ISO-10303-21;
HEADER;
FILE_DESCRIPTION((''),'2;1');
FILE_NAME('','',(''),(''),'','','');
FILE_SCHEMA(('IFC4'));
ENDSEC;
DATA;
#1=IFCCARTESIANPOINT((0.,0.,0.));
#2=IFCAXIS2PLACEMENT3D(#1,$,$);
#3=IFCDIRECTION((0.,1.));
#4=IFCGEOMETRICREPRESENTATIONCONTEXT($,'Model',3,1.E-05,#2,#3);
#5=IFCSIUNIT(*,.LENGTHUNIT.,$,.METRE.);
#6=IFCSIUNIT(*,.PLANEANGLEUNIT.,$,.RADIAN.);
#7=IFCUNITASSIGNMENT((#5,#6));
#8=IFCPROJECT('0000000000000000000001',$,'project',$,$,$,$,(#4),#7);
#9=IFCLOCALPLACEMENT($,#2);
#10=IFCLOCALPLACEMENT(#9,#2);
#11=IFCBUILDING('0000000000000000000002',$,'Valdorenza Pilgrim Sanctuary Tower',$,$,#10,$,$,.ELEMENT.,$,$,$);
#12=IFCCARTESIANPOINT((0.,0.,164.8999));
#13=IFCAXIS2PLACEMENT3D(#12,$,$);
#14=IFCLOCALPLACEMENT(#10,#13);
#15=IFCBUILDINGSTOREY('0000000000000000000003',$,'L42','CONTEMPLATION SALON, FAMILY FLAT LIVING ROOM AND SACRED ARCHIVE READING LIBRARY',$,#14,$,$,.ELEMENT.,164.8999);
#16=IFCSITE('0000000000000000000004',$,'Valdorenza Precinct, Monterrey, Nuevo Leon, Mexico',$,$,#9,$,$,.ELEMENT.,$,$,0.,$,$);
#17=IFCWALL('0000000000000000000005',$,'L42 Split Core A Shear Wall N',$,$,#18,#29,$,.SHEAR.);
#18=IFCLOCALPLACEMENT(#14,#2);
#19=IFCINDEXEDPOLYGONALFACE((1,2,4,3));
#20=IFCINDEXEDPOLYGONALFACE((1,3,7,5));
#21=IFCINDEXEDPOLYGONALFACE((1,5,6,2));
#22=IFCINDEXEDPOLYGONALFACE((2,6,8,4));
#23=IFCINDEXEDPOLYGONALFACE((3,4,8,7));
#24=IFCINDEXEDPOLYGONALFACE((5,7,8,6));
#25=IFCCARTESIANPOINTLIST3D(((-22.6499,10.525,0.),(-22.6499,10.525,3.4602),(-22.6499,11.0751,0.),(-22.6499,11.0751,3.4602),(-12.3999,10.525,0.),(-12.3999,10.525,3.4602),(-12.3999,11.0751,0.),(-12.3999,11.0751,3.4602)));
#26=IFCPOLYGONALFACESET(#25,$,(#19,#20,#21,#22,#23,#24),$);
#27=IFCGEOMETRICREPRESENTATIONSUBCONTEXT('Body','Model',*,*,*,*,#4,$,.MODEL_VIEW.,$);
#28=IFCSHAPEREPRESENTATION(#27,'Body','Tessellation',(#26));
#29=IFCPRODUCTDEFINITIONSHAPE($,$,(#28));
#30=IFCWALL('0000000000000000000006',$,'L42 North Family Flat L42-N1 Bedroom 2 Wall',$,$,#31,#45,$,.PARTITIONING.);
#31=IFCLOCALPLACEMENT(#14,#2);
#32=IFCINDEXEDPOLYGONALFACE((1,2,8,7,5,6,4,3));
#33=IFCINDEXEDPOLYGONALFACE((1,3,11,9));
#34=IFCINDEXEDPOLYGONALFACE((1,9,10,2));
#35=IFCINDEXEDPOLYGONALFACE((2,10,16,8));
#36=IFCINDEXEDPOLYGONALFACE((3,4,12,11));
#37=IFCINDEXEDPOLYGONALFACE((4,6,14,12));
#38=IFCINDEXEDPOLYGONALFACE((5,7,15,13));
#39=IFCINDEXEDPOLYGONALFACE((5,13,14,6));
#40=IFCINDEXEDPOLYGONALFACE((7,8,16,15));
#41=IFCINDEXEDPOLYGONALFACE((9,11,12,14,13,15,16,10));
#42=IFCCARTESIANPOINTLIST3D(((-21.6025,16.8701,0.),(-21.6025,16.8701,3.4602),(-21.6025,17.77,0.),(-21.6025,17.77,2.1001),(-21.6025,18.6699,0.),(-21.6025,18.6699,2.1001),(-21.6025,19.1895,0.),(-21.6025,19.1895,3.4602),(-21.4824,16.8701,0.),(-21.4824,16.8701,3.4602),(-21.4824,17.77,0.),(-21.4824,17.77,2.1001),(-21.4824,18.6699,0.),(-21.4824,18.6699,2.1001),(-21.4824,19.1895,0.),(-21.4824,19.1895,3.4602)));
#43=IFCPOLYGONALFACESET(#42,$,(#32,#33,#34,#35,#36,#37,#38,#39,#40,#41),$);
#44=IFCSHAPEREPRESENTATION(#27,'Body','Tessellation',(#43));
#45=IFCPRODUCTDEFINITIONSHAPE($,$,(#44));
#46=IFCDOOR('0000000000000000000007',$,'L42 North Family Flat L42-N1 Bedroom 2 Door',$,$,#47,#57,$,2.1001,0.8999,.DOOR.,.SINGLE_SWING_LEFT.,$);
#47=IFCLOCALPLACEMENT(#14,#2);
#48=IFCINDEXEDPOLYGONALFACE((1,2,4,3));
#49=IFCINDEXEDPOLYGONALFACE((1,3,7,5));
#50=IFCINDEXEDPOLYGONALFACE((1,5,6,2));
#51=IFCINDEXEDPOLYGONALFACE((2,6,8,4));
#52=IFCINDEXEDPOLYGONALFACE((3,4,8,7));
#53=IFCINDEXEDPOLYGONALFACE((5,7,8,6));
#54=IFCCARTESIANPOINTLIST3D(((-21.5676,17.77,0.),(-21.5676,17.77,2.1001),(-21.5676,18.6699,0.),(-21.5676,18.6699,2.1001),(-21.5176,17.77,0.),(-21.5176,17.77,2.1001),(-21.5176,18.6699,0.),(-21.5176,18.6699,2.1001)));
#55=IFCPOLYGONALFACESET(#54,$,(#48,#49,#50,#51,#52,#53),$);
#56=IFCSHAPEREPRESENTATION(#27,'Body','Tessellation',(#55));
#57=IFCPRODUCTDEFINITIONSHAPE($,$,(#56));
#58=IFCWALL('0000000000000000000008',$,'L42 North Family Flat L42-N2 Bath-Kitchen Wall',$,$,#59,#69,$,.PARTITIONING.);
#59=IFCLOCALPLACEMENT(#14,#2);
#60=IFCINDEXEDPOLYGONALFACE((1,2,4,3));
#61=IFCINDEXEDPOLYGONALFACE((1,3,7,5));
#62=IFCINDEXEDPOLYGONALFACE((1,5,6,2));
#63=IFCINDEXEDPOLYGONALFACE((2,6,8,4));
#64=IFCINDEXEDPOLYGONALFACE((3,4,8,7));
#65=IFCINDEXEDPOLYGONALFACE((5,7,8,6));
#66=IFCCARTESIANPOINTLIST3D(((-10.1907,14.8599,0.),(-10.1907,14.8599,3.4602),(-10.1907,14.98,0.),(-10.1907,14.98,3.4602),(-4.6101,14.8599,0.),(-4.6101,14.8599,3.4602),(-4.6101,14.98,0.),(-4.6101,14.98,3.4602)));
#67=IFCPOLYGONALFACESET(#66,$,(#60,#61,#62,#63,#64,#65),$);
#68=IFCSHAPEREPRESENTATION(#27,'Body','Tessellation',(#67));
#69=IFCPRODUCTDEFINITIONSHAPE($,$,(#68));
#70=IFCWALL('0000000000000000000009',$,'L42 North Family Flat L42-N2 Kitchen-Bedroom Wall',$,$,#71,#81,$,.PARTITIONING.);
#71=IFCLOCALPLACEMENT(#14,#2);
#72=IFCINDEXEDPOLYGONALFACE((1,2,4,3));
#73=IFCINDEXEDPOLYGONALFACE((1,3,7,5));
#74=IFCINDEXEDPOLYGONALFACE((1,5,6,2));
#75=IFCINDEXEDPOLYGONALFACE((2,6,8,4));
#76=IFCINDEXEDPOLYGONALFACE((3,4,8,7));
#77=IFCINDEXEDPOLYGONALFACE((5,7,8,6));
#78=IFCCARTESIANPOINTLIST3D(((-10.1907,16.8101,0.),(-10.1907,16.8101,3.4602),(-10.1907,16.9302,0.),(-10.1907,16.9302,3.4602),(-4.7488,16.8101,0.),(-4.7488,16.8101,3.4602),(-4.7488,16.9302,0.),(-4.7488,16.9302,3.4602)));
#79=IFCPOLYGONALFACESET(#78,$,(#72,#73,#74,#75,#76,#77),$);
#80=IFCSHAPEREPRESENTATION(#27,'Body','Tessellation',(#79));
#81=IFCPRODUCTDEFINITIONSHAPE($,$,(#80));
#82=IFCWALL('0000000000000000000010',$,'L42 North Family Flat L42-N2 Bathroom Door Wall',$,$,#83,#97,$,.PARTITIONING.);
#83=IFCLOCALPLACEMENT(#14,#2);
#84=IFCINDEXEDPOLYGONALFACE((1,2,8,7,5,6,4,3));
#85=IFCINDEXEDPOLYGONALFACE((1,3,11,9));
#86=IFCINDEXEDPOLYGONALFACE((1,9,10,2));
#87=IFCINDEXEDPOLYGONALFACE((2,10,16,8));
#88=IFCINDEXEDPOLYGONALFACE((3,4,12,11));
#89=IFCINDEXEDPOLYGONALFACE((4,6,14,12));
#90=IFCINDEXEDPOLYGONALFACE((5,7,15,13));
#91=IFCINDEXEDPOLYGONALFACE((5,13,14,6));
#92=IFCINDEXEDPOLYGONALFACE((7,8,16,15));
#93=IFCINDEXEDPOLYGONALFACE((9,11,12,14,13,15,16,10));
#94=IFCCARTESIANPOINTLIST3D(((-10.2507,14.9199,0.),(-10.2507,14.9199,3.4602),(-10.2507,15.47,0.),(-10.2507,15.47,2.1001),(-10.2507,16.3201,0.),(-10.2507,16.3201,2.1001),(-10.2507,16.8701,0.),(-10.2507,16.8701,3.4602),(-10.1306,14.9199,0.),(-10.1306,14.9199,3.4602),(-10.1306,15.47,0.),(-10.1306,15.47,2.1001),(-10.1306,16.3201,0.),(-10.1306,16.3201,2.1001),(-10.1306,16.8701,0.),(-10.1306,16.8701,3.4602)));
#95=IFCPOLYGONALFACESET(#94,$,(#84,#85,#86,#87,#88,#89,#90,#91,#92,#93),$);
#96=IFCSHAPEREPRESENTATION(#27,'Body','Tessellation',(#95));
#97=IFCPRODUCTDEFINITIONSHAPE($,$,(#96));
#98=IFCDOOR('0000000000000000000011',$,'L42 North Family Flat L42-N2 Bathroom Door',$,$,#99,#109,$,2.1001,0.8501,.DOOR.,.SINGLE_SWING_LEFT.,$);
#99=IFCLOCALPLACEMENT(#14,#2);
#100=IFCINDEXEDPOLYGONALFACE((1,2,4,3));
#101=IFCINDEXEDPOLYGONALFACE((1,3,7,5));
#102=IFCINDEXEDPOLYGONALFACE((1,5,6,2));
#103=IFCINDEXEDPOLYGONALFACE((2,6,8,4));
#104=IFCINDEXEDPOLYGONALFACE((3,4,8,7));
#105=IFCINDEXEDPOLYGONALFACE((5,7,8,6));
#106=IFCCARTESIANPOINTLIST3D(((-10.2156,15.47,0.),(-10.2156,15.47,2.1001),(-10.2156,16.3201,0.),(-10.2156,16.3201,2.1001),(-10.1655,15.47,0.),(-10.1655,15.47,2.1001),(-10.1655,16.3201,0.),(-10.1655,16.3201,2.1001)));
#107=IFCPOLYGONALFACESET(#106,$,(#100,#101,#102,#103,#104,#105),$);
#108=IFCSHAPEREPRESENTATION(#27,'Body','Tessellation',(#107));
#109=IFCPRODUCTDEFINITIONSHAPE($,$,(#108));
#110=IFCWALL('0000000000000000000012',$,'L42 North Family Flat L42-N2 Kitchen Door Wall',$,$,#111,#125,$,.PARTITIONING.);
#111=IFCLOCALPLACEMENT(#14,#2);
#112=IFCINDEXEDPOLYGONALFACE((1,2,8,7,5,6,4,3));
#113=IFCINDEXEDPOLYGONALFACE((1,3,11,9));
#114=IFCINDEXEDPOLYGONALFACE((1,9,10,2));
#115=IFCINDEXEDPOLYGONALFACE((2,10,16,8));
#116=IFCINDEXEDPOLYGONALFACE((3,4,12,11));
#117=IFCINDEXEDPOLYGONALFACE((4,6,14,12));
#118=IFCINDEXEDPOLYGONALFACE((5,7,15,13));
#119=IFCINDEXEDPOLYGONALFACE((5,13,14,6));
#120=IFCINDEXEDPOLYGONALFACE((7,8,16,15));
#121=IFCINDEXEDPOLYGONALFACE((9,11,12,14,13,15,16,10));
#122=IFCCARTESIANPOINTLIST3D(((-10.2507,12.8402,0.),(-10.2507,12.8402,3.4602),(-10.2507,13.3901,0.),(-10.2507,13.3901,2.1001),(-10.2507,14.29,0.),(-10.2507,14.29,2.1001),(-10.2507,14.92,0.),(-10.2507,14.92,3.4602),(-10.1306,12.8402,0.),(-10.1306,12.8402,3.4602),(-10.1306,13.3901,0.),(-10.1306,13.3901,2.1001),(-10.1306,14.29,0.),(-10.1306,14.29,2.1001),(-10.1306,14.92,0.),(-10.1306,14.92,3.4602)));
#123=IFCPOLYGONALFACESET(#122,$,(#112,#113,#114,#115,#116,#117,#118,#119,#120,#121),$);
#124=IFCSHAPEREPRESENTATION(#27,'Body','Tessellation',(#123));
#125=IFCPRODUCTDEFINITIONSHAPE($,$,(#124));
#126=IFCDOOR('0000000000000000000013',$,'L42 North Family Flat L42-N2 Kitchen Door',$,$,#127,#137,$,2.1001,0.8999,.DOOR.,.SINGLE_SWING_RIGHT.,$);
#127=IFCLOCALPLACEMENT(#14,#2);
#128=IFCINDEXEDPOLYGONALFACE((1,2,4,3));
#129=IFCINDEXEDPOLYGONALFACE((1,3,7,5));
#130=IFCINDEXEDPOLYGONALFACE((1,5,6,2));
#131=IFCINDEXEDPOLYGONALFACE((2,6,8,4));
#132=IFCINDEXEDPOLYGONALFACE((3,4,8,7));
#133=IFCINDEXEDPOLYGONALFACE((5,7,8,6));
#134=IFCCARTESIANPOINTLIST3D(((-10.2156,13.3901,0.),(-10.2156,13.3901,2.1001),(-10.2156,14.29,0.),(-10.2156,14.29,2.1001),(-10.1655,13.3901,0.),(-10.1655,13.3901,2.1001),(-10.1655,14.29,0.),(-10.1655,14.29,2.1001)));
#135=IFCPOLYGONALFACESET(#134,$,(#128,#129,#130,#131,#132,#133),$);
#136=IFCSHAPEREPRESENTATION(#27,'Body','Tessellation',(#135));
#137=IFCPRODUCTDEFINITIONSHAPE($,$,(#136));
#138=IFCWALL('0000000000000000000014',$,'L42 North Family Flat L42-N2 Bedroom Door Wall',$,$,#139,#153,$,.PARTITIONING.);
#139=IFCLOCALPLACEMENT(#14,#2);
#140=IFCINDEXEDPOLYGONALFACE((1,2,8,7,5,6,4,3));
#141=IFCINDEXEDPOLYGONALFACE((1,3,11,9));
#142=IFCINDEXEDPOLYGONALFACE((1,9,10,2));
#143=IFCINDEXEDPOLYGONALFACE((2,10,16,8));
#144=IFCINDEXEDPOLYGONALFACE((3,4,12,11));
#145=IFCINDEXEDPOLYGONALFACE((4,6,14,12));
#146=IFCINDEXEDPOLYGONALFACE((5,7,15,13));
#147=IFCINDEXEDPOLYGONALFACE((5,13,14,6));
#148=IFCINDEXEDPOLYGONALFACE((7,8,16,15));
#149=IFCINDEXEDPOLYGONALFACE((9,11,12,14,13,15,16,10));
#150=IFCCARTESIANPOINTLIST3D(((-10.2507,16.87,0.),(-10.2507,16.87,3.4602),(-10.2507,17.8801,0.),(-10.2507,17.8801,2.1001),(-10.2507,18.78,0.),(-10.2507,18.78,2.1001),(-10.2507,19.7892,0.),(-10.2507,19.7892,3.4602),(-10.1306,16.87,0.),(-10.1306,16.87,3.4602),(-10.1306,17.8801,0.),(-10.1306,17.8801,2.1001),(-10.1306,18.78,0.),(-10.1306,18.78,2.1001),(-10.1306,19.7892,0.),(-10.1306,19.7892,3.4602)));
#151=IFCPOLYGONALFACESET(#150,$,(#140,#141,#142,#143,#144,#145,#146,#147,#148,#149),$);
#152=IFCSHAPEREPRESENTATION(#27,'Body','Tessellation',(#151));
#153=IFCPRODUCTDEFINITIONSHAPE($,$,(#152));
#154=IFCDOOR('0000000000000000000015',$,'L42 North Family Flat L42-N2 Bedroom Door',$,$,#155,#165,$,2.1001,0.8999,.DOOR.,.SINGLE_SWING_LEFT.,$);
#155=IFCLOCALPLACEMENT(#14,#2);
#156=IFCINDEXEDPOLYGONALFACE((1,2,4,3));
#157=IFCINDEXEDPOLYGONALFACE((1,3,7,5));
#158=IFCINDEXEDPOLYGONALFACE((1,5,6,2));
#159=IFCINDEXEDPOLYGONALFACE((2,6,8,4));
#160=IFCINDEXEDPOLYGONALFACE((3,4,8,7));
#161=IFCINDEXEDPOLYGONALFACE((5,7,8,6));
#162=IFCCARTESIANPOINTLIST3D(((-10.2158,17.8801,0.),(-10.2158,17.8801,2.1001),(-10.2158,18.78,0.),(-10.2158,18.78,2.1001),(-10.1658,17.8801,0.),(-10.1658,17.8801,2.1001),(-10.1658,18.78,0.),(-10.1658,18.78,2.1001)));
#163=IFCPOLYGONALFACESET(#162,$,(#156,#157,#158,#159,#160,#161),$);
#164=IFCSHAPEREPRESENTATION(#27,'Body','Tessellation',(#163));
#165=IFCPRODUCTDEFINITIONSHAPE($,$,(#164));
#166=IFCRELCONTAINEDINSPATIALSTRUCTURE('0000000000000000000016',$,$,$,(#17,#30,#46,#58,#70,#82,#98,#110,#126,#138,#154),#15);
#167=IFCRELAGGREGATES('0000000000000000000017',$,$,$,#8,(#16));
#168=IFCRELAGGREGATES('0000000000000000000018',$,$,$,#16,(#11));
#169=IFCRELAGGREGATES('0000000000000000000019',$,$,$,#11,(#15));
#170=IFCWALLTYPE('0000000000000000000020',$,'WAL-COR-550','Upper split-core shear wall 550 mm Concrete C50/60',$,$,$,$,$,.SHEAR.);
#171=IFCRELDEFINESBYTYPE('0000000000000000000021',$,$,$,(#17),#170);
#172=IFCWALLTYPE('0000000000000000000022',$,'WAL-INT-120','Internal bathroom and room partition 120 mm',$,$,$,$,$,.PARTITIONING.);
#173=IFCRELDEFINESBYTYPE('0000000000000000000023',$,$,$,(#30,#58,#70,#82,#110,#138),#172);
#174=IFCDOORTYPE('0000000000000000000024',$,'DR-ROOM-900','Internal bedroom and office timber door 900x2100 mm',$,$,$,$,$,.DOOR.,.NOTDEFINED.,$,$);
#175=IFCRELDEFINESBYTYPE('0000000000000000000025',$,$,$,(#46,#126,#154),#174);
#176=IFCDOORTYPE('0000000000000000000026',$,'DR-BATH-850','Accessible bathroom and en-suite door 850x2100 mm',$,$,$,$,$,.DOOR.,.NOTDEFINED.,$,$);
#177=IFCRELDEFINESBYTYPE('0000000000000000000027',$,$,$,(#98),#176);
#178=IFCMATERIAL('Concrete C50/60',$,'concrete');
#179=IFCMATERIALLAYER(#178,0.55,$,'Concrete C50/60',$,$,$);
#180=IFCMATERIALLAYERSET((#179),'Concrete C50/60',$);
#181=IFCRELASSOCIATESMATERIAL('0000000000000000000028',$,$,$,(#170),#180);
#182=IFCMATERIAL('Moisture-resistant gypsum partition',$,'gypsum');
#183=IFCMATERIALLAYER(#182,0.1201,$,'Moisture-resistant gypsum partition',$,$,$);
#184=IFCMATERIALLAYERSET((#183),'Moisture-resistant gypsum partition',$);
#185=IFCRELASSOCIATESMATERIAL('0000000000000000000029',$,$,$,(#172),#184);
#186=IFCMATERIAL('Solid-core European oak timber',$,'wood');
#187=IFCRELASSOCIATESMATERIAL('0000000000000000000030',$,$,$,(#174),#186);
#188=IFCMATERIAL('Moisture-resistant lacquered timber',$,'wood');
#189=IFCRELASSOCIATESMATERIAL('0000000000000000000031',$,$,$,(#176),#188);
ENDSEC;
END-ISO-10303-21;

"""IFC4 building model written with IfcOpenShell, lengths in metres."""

from ifc_helpers import new_model, si_unit, direction, frame, frame_2d, origin, place, context, subcontext, project, spatial, rectangle, extrude, material, layer, layer_set, type_object, element, fill, save


model = new_model("IFC4")

# Units and contexts
model_context = context("Model", 3, precision=1e-05, world=origin(), true_north=direction((0.0, 1.0)))
body_context = subcontext(model_context, "Body", "Model", "MODEL_VIEW")
ifc_project = project(units=[si_unit("LENGTHUNIT", "METRE"), si_unit("PLANEANGLEUNIT", "RADIAN")], contexts=[model_context])

# Site, building, storey
site_placement = place(None, origin())
site = spatial("IfcSite", under=ifc_project, at=site_placement, Name="Valdorenza Precinct, Monterrey, Nuevo Leon, Mexico", CompositionType="ELEMENT", RefElevation=0.0)
building_placement = place(site_placement, origin())
building = spatial("IfcBuilding", under=site, at=building_placement, Name="Valdorenza Pilgrim Sanctuary Tower", CompositionType="ELEMENT")
storey_placement = place(building_placement, frame((0.0, 0.0, 164.8999)))
storey = spatial("IfcBuildingStorey", under=building, at=storey_placement, Name="L42", Description="CONTEMPLATION SALON, FAMILY FLAT LIVING ROOM AND SACRED ARCHIVE READING LIBRARY", CompositionType="ELEMENT", Elevation=164.8999)

# Wall
ifc_material_1 = material(Name="Concrete C50/60", Category="concrete")
ifc_layer_1 = layer(ifc_material_1, 0.55, Name="Concrete C50/60")
ifc_layer_set_1 = layer_set([ifc_layer_1], Name="Concrete C50/60")
wall_type_1 = type_object("IfcWallType", Name="WAL-COR-550", Description="Upper split-core shear wall 550 mm Concrete C50/60", PredefinedType="SHEAR", material=ifc_layer_set_1)
wall_1_placement = place(storey_placement, frame((-22.6499, 10.8, 0.0), z_axis=(0.0, 0.0, 1.0), x_axis=(1.0, 0.0, 0.0)))
element("IfcWall", 1, at=wall_1_placement, inside=storey, type_object=wall_type_1, Name="L42 Split Core A Shear Wall N", PredefinedType="SHEAR", context=body_context, shape_type="SweptSolid", body=[
    extrude(rectangle(XDim=10.25, YDim=0.55, at=frame_2d((5.125, 0.0))), origin(), (0.0, 0.0, 1.0), 3.4602),
])

# Wall, opening, door
ifc_material_2 = material(Name="Moisture-resistant gypsum partition", Category="gypsum")
ifc_layer_2 = layer(ifc_material_2, 0.1201, Name="Moisture-resistant gypsum partition")
ifc_layer_set_2 = layer_set([ifc_layer_2], Name="Moisture-resistant gypsum partition")
wall_type_2 = type_object("IfcWallType", Name="WAL-INT-120", Description="Internal bathroom and room partition 120 mm", PredefinedType="PARTITIONING", material=ifc_layer_set_2)
wall_2_placement = place(storey_placement, frame((-21.5425, 16.8701, 0.0), z_axis=(0.0, 0.0, 1.0), x_axis=(0.0, 1.0, 0.0)))
wall_2 = element("IfcWall", 2, at=wall_2_placement, inside=storey, type_object=wall_type_2, Name="L42 North Family Flat L42-N1 Bedroom 2 Wall", PredefinedType="PARTITIONING", context=body_context, shape_type="SweptSolid", body=[
    extrude(rectangle(XDim=2.3193, YDim=0.1201, at=frame_2d((1.1597, 0.0))), origin(), (0.0, 0.0, 1.0), 3.4602),
])
opening_1_placement = place(wall_2_placement, frame((0.8999, 0.0, 0.0)))
opening_1 = element("IfcOpeningElement", 3, at=opening_1_placement, cuts=wall_2, PredefinedType="OPENING", context=body_context, shape_type="SweptSolid", body=[
    extrude(rectangle(XDim=0.8999, YDim=2.1001, at=frame_2d((0.45, 1.05))), frame((0.0, 0.075, 0.0), z_axis=(0.0, -1.0, 0.0), x_axis=(1.0, 0.0, 0.0)), (0.0, 0.0, 1.0), 0.1499),
])
ifc_material_3 = material(Name="Solid-core European oak timber", Category="wood")
door_type_1 = type_object("IfcDoorType", Name="DR-ROOM-900", Description="Internal bedroom and office timber door 900x2100 mm", OperationType="NOTDEFINED", PredefinedType="DOOR", material=ifc_material_3)
door_1_placement = place(opening_1_placement, frame((0.8999, 0.0, 0.0), z_axis=(0.0, 0.0, 1.0), x_axis=(-1.0, 0.0, 0.0)))
door_1 = element("IfcDoor", 4, at=door_1_placement, inside=storey, type_object=door_type_1, Name="L42 North Family Flat L42-N1 Bedroom 2 Door", OperationType="SINGLE_SWING_LEFT", OverallHeight=2.1001, OverallWidth=0.8999, PredefinedType="DOOR", context=body_context, shape_type="SweptSolid", body=[
    extrude(rectangle(XDim=0.8999, YDim=2.1001, at=frame_2d((0.45, 1.05))), frame((0.0, 0.0249, 0.0), z_axis=(0.0, -1.0, 0.0), x_axis=(1.0, 0.0, 0.0)), (0.0, 0.0, 1.0), 0.05),
])
fill(opening_1, door_1)

# Walls
wall_3_placement = place(storey_placement, frame((-10.1907, 14.9199, 0.0), z_axis=(0.0, 0.0, 1.0), x_axis=(1.0, 0.0, 0.0)))
element("IfcWall", 5, at=wall_3_placement, inside=storey, type_object=wall_type_2, Name="L42 North Family Flat L42-N2 Bath-Kitchen Wall", PredefinedType="PARTITIONING", context=body_context, shape_type="SweptSolid", body=[
    extrude(rectangle(XDim=5.5806, YDim=0.1201, at=frame_2d((2.7903, 0.0))), origin(), (0.0, 0.0, 1.0), 3.4602),
])
wall_4_placement = place(storey_placement, frame((-10.1907, 16.8701, 0.0), z_axis=(0.0, 0.0, 1.0), x_axis=(1.0, 0.0, 0.0)))
element("IfcWall", 6, at=wall_4_placement, inside=storey, type_object=wall_type_2, Name="L42 North Family Flat L42-N2 Kitchen-Bedroom Wall", PredefinedType="PARTITIONING", context=body_context, shape_type="SweptSolid", body=[
    extrude(rectangle(XDim=5.4419, YDim=0.1201, at=frame_2d((2.7209, 0.0))), origin(), (0.0, 0.0, 1.0), 3.4602),
])

# Walls, openings, doors
wall_5_placement = place(storey_placement, frame((-10.1907, 14.9199, 0.0), z_axis=(0.0, 0.0, 1.0), x_axis=(0.0, 1.0, 0.0)))
wall_5 = element("IfcWall", 7, at=wall_5_placement, inside=storey, type_object=wall_type_2, Name="L42 North Family Flat L42-N2 Bathroom Door Wall", PredefinedType="PARTITIONING", context=body_context, shape_type="SweptSolid", body=[
    extrude(rectangle(XDim=1.9502, YDim=0.1201, at=frame_2d((0.9751, 0.0))), origin(), (0.0, 0.0, 1.0), 3.4602),
])
opening_2_placement = place(wall_5_placement, frame((0.55, 0.0, 0.0)))
opening_2 = element("IfcOpeningElement", 8, at=opening_2_placement, cuts=wall_5, PredefinedType="OPENING", context=body_context, shape_type="SweptSolid", body=[
    extrude(rectangle(XDim=0.8501, YDim=2.1001, at=frame_2d((0.425, 1.05))), frame((0.0, 0.075, 0.0), z_axis=(0.0, -1.0, 0.0), x_axis=(1.0, 0.0, 0.0)), (0.0, 0.0, 1.0), 0.1499),
])
ifc_material_4 = material(Name="Moisture-resistant lacquered timber", Category="wood")
door_type_2 = type_object("IfcDoorType", Name="DR-BATH-850", Description="Accessible bathroom and en-suite door 850x2100 mm", OperationType="NOTDEFINED", PredefinedType="DOOR", material=ifc_material_4)
door_2_placement = place(opening_2_placement, origin())
door_2 = element("IfcDoor", 9, at=door_2_placement, inside=storey, type_object=door_type_2, Name="L42 North Family Flat L42-N2 Bathroom Door", OperationType="SINGLE_SWING_LEFT", OverallHeight=2.1001, OverallWidth=0.8501, PredefinedType="DOOR", context=body_context, shape_type="SweptSolid", body=[
    extrude(rectangle(XDim=0.8501, YDim=2.1001, at=frame_2d((0.425, 1.05))), frame((0.0, 0.0249, 0.0), z_axis=(0.0, -1.0, 0.0), x_axis=(1.0, 0.0, 0.0)), (0.0, 0.0, 1.0), 0.05),
])
fill(opening_2, door_2)
wall_6_placement = place(storey_placement, frame((-10.1907, 12.8401, 0.0), z_axis=(0.0, 0.0, 1.0), x_axis=(0.0, 1.0, 0.0)))
wall_6 = element("IfcWall", 10, at=wall_6_placement, inside=storey, type_object=wall_type_2, Name="L42 North Family Flat L42-N2 Kitchen Door Wall", PredefinedType="PARTITIONING", context=body_context, shape_type="SweptSolid", body=[
    extrude(rectangle(XDim=2.0798, YDim=0.1201, at=frame_2d((1.04, 0.0))), origin(), (0.0, 0.0, 1.0), 3.4602),
])
opening_3_placement = place(wall_6_placement, frame((0.55, 0.0, 0.0)))
opening_3 = element("IfcOpeningElement", 11, at=opening_3_placement, cuts=wall_6, PredefinedType="OPENING", context=body_context, shape_type="SweptSolid", body=[
    extrude(rectangle(XDim=0.8999, YDim=2.1001, at=frame_2d((0.45, 1.05))), frame((0.0, 0.075, 0.0), z_axis=(0.0, -1.0, 0.0), x_axis=(1.0, 0.0, 0.0)), (0.0, 0.0, 1.0), 0.1499),
])
door_3_placement = place(opening_3_placement, origin())
door_3 = element("IfcDoor", 12, at=door_3_placement, inside=storey, type_object=door_type_1, Name="L42 North Family Flat L42-N2 Kitchen Door", OperationType="SINGLE_SWING_RIGHT", OverallHeight=2.1001, OverallWidth=0.8999, PredefinedType="DOOR", context=body_context, shape_type="SweptSolid", body=[
    extrude(rectangle(XDim=0.8999, YDim=2.1001, at=frame_2d((0.45, 1.05))), frame((0.0, 0.0249, 0.0), z_axis=(0.0, -1.0, 0.0), x_axis=(1.0, 0.0, 0.0)), (0.0, 0.0, 1.0), 0.05),
])
fill(opening_3, door_3)
wall_7_placement = place(storey_placement, frame((-10.1907, 16.8701, 0.0), z_axis=(0.0, 0.0, 1.0), x_axis=(0.0, 1.0, 0.0)))
wall_7 = element("IfcWall", 13, at=wall_7_placement, inside=storey, type_object=wall_type_2, Name="L42 North Family Flat L42-N2 Bedroom Door Wall", PredefinedType="PARTITIONING", context=body_context, shape_type="SweptSolid", body=[
    extrude(rectangle(XDim=2.9192, YDim=0.1201, at=frame_2d((1.4595, 0.0))), origin(), (0.0, 0.0, 1.0), 3.4602),
])
opening_4_placement = place(wall_7_placement, frame((1.01, 0.0, 0.0)))
opening_4 = element("IfcOpeningElement", 14, at=opening_4_placement, cuts=wall_7, PredefinedType="OPENING", context=body_context, shape_type="SweptSolid", body=[
    extrude(rectangle(XDim=0.8999, YDim=2.1001, at=frame_2d((0.45, 1.05))), frame((0.0, 0.075, 0.0), z_axis=(0.0, -1.0, 0.0), x_axis=(1.0, 0.0, 0.0)), (0.0, 0.0, 1.0), 0.1499),
])
door_4_placement = place(opening_4_placement, frame((0.8999, 0.0, 0.0), z_axis=(0.0, 0.0, 1.0), x_axis=(-1.0, 0.0, 0.0)))
door_4 = element("IfcDoor", 15, at=door_4_placement, inside=storey, type_object=door_type_1, Name="L42 North Family Flat L42-N2 Bedroom Door", OperationType="SINGLE_SWING_LEFT", OverallHeight=2.1001, OverallWidth=0.8999, PredefinedType="DOOR", context=body_context, shape_type="SweptSolid", body=[
    extrude(rectangle(XDim=0.8999, YDim=2.1001, at=frame_2d((0.45, 1.05))), frame((0.0, 0.0249, 0.0), z_axis=(0.0, -1.0, 0.0), x_axis=(1.0, 0.0, 0.0)), (0.0, 0.0, 1.0), 0.05),
])
fill(opening_4, door_4)

save(model, "model.ifc")
